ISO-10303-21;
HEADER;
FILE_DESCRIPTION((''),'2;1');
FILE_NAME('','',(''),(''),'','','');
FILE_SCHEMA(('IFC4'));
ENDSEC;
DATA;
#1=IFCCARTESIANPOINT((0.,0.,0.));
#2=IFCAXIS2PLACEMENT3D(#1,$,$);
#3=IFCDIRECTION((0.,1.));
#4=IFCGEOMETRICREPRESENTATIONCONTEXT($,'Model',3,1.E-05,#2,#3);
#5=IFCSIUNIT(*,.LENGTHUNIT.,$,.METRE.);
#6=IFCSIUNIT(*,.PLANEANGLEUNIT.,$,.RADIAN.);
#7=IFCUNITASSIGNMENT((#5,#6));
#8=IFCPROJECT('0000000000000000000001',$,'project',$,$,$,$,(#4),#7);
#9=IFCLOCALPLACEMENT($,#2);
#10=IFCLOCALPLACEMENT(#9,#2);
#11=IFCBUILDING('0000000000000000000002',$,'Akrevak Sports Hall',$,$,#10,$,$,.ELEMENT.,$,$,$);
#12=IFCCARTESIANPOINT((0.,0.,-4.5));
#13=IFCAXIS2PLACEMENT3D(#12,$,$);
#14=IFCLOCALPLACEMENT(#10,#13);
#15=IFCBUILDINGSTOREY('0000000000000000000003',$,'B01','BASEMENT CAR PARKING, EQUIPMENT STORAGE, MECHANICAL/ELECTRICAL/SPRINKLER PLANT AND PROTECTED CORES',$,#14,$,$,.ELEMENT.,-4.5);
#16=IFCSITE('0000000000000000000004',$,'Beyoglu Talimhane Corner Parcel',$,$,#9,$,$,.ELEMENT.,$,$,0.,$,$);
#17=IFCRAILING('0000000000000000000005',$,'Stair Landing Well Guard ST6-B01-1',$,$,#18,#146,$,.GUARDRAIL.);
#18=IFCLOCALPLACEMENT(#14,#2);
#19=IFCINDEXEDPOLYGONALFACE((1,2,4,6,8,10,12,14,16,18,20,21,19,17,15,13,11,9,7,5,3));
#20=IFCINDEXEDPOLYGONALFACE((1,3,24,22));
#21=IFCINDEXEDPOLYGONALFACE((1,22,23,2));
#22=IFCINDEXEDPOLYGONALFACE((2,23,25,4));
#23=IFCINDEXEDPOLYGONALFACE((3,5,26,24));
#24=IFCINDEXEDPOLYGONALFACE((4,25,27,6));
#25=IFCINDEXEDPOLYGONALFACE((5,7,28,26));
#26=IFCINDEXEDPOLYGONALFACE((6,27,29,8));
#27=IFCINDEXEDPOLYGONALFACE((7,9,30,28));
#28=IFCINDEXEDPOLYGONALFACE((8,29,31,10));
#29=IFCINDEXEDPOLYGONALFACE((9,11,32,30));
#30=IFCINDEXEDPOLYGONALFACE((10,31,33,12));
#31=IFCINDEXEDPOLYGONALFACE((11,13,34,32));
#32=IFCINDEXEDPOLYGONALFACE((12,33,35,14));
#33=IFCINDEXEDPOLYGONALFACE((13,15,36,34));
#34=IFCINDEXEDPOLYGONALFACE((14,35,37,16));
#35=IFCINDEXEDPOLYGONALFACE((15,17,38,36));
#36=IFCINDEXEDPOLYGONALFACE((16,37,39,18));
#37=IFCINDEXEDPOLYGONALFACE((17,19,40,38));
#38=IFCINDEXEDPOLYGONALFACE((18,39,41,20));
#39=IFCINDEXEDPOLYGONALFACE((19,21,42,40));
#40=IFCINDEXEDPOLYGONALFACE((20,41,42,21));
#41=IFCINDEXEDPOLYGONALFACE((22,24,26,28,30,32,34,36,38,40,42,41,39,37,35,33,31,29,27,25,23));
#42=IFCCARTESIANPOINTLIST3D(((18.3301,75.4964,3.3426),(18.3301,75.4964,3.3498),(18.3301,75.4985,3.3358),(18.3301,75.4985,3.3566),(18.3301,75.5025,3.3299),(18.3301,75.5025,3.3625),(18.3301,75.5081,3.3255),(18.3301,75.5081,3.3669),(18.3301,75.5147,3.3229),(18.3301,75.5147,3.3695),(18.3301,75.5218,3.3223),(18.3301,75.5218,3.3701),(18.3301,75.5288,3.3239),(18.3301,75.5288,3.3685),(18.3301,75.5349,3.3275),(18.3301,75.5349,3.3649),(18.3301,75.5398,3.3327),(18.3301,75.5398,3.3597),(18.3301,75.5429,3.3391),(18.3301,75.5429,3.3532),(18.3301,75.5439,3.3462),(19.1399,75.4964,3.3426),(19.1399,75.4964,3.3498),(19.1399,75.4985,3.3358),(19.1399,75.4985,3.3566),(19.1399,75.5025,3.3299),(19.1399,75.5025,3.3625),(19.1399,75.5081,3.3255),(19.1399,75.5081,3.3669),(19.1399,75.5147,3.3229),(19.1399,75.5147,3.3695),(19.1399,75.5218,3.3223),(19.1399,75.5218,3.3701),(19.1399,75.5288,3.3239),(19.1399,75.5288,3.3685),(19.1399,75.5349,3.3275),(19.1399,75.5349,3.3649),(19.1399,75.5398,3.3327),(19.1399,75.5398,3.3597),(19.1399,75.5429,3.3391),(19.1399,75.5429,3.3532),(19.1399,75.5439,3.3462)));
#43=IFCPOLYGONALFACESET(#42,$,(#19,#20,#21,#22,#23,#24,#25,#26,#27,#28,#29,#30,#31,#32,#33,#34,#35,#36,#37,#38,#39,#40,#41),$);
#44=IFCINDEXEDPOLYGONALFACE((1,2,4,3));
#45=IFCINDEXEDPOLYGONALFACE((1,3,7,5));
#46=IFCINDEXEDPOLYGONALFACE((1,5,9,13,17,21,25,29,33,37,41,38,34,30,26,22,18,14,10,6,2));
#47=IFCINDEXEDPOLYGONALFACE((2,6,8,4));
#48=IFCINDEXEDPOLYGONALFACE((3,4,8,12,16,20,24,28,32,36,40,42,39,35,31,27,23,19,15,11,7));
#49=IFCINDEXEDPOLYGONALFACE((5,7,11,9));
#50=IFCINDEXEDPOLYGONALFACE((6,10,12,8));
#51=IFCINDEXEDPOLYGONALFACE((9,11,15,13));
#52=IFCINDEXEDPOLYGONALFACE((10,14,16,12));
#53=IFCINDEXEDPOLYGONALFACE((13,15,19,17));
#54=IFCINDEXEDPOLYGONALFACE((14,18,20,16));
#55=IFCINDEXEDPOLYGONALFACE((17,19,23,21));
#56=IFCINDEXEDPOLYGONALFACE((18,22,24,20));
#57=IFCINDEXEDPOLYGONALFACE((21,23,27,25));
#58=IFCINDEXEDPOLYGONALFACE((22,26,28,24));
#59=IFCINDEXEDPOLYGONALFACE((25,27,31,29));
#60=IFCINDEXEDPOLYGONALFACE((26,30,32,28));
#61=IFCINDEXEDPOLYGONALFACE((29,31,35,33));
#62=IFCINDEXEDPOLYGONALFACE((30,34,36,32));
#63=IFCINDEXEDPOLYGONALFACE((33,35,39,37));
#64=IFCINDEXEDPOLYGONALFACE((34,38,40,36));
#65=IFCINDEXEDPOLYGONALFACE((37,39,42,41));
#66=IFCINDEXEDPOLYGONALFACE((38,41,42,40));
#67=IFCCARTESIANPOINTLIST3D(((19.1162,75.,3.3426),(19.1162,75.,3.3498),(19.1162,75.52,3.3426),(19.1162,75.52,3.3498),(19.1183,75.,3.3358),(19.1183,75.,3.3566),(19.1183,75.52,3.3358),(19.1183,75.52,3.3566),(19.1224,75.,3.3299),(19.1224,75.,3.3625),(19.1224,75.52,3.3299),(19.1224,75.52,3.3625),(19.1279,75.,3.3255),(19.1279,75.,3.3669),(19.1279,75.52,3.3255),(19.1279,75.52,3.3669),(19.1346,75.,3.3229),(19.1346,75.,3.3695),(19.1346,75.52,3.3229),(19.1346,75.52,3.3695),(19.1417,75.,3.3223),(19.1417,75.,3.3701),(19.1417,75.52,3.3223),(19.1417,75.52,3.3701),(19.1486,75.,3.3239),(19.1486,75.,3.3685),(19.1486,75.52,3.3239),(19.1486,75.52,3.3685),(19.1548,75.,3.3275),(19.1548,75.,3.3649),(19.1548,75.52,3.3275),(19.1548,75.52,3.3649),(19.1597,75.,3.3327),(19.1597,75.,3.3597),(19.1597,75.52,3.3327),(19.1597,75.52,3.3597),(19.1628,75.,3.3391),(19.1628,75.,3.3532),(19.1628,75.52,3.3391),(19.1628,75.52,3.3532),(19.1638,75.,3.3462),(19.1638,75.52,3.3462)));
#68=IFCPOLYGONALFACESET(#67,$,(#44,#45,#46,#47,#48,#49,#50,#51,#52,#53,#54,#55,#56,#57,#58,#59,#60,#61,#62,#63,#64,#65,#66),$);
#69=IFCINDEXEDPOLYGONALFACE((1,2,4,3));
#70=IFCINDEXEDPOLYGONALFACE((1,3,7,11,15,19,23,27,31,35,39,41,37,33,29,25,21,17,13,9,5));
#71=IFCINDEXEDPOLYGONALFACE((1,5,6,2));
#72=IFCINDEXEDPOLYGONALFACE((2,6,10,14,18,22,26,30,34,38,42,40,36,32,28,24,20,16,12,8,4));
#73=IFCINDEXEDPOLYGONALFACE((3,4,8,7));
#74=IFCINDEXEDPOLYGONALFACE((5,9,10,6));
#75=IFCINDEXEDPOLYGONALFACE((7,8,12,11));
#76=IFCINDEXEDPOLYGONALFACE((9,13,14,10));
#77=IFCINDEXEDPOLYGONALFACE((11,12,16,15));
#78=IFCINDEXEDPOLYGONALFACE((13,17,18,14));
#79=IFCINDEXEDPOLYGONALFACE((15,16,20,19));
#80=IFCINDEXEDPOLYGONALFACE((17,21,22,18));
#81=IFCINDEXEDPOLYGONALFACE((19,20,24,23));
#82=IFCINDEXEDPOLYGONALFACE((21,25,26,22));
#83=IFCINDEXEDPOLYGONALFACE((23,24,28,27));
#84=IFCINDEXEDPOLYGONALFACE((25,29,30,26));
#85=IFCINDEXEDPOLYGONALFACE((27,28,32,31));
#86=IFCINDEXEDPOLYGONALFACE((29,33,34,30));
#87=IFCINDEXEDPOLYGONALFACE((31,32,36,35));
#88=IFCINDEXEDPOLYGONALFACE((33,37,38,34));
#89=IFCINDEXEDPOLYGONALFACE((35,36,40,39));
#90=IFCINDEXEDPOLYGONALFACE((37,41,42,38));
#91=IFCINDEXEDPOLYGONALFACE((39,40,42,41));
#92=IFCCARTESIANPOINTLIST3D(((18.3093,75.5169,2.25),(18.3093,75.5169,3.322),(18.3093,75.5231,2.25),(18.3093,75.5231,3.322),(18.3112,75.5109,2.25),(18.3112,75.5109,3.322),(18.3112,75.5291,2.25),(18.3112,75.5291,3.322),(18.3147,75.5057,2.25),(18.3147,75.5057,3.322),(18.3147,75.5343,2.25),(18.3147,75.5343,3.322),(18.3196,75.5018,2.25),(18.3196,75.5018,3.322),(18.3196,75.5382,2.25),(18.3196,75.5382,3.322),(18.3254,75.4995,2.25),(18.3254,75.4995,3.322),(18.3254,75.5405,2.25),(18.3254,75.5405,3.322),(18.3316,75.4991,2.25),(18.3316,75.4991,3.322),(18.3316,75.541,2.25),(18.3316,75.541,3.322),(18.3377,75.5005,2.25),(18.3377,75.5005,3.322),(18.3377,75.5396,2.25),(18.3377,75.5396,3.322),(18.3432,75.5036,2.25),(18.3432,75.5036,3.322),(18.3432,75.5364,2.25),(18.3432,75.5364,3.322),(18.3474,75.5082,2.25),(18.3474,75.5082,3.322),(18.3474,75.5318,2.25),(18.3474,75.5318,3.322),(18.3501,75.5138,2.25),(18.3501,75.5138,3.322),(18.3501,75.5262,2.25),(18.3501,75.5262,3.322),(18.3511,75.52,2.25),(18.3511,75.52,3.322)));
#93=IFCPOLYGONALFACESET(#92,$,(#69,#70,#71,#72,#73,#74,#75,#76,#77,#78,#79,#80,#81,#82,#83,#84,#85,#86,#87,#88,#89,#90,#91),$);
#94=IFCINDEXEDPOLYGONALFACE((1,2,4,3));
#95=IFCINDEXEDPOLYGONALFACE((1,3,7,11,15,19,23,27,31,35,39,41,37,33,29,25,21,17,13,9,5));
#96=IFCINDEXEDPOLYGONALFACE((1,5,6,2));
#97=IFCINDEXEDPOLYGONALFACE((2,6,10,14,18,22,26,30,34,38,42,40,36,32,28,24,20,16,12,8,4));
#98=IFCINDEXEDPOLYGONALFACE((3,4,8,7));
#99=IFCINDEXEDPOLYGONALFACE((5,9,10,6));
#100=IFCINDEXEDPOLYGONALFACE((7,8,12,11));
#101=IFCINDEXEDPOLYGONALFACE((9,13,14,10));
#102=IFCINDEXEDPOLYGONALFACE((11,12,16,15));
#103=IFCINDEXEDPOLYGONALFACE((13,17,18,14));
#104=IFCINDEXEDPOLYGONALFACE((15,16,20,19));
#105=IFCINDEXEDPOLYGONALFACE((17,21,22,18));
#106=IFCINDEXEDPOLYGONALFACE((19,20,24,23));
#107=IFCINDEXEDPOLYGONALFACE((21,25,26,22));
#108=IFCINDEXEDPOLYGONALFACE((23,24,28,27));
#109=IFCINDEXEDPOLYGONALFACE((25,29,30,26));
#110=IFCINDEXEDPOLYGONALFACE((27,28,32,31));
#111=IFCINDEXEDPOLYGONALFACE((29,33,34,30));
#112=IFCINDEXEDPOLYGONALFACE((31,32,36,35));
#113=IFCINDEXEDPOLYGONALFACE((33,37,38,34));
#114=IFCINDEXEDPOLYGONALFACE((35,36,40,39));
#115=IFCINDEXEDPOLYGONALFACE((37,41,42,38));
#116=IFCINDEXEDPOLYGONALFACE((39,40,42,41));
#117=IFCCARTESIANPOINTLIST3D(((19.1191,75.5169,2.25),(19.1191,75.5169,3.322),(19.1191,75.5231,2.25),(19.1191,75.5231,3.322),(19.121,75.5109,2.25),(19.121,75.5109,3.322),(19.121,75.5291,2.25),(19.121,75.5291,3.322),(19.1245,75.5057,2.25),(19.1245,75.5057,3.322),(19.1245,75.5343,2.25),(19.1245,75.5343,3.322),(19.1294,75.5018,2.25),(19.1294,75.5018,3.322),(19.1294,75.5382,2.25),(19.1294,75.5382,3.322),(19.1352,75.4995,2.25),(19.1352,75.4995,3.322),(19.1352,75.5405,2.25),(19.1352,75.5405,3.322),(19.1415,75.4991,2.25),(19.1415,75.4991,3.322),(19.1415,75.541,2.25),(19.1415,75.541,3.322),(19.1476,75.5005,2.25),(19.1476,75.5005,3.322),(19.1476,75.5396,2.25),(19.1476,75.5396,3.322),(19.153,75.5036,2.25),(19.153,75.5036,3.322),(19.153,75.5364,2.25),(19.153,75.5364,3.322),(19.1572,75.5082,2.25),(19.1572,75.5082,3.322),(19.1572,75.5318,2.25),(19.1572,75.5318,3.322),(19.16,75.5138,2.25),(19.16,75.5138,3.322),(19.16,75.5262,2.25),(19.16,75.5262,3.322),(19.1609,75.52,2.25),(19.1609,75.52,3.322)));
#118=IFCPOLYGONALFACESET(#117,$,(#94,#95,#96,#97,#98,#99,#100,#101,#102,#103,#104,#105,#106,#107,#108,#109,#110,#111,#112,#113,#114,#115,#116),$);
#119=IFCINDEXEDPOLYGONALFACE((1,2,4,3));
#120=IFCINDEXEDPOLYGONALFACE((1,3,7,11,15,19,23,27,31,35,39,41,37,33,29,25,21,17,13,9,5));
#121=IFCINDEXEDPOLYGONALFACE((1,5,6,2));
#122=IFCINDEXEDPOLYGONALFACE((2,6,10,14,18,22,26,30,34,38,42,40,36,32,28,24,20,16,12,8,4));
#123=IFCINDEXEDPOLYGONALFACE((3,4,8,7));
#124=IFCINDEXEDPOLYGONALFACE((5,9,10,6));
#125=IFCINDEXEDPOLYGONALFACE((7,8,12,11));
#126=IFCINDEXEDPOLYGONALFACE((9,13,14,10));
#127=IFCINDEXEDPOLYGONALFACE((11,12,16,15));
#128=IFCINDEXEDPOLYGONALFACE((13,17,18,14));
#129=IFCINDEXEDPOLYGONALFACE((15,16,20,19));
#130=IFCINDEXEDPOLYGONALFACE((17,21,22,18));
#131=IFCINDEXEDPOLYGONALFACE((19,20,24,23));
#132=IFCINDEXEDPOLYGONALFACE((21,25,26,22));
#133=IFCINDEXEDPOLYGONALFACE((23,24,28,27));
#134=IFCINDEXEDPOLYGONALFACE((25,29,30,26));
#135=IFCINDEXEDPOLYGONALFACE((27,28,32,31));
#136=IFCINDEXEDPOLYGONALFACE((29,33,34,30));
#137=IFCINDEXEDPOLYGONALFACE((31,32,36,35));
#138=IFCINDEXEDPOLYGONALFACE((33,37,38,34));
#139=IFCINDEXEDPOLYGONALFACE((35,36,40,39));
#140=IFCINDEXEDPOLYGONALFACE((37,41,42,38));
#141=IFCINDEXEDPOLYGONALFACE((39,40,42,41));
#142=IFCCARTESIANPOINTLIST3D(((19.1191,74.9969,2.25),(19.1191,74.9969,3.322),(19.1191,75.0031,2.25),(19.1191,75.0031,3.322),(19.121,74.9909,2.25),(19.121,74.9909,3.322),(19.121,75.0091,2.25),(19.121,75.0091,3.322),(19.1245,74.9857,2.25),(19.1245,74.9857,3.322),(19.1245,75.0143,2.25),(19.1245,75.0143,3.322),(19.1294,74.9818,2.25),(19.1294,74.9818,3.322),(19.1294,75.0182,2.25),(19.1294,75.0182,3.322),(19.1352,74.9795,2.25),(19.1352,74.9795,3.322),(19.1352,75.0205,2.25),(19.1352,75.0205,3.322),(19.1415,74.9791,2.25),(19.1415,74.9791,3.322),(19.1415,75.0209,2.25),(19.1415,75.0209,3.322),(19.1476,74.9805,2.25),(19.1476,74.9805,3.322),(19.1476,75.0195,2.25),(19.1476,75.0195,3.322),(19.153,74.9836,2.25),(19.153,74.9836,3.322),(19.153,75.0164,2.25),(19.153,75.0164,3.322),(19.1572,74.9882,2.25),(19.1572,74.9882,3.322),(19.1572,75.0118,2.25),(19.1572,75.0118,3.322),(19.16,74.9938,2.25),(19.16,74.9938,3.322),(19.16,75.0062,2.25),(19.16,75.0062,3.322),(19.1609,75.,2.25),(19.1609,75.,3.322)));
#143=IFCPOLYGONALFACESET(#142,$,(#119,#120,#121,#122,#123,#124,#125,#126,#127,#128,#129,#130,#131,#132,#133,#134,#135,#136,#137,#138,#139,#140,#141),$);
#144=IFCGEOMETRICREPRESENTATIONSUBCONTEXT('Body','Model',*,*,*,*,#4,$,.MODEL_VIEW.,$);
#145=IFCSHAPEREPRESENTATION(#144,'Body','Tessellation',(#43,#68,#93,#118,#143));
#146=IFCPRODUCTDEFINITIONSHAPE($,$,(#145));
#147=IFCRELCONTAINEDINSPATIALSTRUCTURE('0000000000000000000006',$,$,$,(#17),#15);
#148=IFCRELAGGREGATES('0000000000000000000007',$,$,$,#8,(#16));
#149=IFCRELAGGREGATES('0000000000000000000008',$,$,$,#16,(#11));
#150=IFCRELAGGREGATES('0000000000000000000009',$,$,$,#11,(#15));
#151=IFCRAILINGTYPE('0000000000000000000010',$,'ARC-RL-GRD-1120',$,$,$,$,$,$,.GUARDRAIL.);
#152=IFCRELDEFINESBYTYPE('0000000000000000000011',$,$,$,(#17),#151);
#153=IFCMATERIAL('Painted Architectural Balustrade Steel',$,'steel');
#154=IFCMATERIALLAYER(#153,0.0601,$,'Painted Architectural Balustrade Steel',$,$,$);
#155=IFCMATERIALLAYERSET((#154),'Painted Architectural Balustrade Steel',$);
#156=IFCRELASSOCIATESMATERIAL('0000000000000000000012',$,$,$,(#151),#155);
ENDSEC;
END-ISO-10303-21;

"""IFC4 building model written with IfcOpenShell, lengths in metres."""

from ifc_helpers import new_model, si_unit, direction, frame, origin, origin_2d, place, context, subcontext, project, spatial, circle, extrude, material, layer, layer_set, type_object, element, save


model = new_model("IFC4")

# Units and contexts
model_context = context("Model", 3, precision=1e-05, world=origin(), true_north=direction((0.0, 1.0)))
body_context = subcontext(model_context, "Body", "Model", "MODEL_VIEW")
ifc_project = project(units=[si_unit("LENGTHUNIT", "METRE"), si_unit("PLANEANGLEUNIT", "RADIAN")], contexts=[model_context])

# Site, building, storey
site_placement = place(None, origin())
site = spatial("IfcSite", under=ifc_project, at=site_placement, Name="Beyoglu Talimhane Corner Parcel", CompositionType="ELEMENT", RefElevation=0.0)
building_placement = place(site_placement, origin())
building = spatial("IfcBuilding", under=site, at=building_placement, Name="Akrevak Sports Hall", CompositionType="ELEMENT")
storey_placement = place(building_placement, frame((0.0, 0.0, -4.5)))
storey = spatial("IfcBuildingStorey", under=building, at=storey_placement, Name="B01", Description="BASEMENT CAR PARKING, EQUIPMENT STORAGE, MECHANICAL/ELECTRICAL/SPRINKLER PLANT AND PROTECTED CORES", CompositionType="ELEMENT", Elevation=-4.5)

# Railing
ifc_material_1 = material(Name="Painted Architectural Balustrade Steel", Category="steel")
ifc_layer_1 = layer(ifc_material_1, 0.0601, Name="Painted Architectural Balustrade Steel")
ifc_layer_set_1 = layer_set([ifc_layer_1], Name="Painted Architectural Balustrade Steel")
railing_type_1 = type_object("IfcRailingType", Name="ARC-RL-GRD-1120", PredefinedType="GUARDRAIL", material=ifc_layer_set_1)
railing_1_placement = place(storey_placement, frame((18.3301, 75.52, 2.25)))
element("IfcRailing", 1, at=railing_1_placement, inside=storey, type_object=railing_type_1, Name="Stair Landing Well Guard ST6-B01-1", PredefinedType="GUARDRAIL", context=body_context, shape_type="SweptSolid", body=[
    extrude(circle(Radius=0.0239, at=origin_2d()), frame((0.0, 0.0, 1.0962), z_axis=(1.0, 0.0, 0.0), x_axis=(0.0, 1.0, 0.0)), (0.0, 0.0, 1.0), 0.8098),
    extrude(circle(Radius=0.0239, at=origin_2d()), frame((0.8098, 0.0, 1.0962), z_axis=(0.0, -1.0, 0.0), x_axis=(1.0, 0.0, 0.0)), (0.0, 0.0, 1.0), 0.52),
    extrude(circle(Radius=0.021, at=origin_2d()), origin(), (0.0, 0.0, 1.0), 1.072),
    extrude(circle(Radius=0.021, at=origin_2d()), frame((0.8098, 0.0, 0.0)), (0.0, 0.0, 1.0), 1.072),
    extrude(circle(Radius=0.021, at=origin_2d()), frame((0.8098, -0.52, 0.0)), (0.0, 0.0, 1.0), 1.072),
])

save(model, "model.ifc")
